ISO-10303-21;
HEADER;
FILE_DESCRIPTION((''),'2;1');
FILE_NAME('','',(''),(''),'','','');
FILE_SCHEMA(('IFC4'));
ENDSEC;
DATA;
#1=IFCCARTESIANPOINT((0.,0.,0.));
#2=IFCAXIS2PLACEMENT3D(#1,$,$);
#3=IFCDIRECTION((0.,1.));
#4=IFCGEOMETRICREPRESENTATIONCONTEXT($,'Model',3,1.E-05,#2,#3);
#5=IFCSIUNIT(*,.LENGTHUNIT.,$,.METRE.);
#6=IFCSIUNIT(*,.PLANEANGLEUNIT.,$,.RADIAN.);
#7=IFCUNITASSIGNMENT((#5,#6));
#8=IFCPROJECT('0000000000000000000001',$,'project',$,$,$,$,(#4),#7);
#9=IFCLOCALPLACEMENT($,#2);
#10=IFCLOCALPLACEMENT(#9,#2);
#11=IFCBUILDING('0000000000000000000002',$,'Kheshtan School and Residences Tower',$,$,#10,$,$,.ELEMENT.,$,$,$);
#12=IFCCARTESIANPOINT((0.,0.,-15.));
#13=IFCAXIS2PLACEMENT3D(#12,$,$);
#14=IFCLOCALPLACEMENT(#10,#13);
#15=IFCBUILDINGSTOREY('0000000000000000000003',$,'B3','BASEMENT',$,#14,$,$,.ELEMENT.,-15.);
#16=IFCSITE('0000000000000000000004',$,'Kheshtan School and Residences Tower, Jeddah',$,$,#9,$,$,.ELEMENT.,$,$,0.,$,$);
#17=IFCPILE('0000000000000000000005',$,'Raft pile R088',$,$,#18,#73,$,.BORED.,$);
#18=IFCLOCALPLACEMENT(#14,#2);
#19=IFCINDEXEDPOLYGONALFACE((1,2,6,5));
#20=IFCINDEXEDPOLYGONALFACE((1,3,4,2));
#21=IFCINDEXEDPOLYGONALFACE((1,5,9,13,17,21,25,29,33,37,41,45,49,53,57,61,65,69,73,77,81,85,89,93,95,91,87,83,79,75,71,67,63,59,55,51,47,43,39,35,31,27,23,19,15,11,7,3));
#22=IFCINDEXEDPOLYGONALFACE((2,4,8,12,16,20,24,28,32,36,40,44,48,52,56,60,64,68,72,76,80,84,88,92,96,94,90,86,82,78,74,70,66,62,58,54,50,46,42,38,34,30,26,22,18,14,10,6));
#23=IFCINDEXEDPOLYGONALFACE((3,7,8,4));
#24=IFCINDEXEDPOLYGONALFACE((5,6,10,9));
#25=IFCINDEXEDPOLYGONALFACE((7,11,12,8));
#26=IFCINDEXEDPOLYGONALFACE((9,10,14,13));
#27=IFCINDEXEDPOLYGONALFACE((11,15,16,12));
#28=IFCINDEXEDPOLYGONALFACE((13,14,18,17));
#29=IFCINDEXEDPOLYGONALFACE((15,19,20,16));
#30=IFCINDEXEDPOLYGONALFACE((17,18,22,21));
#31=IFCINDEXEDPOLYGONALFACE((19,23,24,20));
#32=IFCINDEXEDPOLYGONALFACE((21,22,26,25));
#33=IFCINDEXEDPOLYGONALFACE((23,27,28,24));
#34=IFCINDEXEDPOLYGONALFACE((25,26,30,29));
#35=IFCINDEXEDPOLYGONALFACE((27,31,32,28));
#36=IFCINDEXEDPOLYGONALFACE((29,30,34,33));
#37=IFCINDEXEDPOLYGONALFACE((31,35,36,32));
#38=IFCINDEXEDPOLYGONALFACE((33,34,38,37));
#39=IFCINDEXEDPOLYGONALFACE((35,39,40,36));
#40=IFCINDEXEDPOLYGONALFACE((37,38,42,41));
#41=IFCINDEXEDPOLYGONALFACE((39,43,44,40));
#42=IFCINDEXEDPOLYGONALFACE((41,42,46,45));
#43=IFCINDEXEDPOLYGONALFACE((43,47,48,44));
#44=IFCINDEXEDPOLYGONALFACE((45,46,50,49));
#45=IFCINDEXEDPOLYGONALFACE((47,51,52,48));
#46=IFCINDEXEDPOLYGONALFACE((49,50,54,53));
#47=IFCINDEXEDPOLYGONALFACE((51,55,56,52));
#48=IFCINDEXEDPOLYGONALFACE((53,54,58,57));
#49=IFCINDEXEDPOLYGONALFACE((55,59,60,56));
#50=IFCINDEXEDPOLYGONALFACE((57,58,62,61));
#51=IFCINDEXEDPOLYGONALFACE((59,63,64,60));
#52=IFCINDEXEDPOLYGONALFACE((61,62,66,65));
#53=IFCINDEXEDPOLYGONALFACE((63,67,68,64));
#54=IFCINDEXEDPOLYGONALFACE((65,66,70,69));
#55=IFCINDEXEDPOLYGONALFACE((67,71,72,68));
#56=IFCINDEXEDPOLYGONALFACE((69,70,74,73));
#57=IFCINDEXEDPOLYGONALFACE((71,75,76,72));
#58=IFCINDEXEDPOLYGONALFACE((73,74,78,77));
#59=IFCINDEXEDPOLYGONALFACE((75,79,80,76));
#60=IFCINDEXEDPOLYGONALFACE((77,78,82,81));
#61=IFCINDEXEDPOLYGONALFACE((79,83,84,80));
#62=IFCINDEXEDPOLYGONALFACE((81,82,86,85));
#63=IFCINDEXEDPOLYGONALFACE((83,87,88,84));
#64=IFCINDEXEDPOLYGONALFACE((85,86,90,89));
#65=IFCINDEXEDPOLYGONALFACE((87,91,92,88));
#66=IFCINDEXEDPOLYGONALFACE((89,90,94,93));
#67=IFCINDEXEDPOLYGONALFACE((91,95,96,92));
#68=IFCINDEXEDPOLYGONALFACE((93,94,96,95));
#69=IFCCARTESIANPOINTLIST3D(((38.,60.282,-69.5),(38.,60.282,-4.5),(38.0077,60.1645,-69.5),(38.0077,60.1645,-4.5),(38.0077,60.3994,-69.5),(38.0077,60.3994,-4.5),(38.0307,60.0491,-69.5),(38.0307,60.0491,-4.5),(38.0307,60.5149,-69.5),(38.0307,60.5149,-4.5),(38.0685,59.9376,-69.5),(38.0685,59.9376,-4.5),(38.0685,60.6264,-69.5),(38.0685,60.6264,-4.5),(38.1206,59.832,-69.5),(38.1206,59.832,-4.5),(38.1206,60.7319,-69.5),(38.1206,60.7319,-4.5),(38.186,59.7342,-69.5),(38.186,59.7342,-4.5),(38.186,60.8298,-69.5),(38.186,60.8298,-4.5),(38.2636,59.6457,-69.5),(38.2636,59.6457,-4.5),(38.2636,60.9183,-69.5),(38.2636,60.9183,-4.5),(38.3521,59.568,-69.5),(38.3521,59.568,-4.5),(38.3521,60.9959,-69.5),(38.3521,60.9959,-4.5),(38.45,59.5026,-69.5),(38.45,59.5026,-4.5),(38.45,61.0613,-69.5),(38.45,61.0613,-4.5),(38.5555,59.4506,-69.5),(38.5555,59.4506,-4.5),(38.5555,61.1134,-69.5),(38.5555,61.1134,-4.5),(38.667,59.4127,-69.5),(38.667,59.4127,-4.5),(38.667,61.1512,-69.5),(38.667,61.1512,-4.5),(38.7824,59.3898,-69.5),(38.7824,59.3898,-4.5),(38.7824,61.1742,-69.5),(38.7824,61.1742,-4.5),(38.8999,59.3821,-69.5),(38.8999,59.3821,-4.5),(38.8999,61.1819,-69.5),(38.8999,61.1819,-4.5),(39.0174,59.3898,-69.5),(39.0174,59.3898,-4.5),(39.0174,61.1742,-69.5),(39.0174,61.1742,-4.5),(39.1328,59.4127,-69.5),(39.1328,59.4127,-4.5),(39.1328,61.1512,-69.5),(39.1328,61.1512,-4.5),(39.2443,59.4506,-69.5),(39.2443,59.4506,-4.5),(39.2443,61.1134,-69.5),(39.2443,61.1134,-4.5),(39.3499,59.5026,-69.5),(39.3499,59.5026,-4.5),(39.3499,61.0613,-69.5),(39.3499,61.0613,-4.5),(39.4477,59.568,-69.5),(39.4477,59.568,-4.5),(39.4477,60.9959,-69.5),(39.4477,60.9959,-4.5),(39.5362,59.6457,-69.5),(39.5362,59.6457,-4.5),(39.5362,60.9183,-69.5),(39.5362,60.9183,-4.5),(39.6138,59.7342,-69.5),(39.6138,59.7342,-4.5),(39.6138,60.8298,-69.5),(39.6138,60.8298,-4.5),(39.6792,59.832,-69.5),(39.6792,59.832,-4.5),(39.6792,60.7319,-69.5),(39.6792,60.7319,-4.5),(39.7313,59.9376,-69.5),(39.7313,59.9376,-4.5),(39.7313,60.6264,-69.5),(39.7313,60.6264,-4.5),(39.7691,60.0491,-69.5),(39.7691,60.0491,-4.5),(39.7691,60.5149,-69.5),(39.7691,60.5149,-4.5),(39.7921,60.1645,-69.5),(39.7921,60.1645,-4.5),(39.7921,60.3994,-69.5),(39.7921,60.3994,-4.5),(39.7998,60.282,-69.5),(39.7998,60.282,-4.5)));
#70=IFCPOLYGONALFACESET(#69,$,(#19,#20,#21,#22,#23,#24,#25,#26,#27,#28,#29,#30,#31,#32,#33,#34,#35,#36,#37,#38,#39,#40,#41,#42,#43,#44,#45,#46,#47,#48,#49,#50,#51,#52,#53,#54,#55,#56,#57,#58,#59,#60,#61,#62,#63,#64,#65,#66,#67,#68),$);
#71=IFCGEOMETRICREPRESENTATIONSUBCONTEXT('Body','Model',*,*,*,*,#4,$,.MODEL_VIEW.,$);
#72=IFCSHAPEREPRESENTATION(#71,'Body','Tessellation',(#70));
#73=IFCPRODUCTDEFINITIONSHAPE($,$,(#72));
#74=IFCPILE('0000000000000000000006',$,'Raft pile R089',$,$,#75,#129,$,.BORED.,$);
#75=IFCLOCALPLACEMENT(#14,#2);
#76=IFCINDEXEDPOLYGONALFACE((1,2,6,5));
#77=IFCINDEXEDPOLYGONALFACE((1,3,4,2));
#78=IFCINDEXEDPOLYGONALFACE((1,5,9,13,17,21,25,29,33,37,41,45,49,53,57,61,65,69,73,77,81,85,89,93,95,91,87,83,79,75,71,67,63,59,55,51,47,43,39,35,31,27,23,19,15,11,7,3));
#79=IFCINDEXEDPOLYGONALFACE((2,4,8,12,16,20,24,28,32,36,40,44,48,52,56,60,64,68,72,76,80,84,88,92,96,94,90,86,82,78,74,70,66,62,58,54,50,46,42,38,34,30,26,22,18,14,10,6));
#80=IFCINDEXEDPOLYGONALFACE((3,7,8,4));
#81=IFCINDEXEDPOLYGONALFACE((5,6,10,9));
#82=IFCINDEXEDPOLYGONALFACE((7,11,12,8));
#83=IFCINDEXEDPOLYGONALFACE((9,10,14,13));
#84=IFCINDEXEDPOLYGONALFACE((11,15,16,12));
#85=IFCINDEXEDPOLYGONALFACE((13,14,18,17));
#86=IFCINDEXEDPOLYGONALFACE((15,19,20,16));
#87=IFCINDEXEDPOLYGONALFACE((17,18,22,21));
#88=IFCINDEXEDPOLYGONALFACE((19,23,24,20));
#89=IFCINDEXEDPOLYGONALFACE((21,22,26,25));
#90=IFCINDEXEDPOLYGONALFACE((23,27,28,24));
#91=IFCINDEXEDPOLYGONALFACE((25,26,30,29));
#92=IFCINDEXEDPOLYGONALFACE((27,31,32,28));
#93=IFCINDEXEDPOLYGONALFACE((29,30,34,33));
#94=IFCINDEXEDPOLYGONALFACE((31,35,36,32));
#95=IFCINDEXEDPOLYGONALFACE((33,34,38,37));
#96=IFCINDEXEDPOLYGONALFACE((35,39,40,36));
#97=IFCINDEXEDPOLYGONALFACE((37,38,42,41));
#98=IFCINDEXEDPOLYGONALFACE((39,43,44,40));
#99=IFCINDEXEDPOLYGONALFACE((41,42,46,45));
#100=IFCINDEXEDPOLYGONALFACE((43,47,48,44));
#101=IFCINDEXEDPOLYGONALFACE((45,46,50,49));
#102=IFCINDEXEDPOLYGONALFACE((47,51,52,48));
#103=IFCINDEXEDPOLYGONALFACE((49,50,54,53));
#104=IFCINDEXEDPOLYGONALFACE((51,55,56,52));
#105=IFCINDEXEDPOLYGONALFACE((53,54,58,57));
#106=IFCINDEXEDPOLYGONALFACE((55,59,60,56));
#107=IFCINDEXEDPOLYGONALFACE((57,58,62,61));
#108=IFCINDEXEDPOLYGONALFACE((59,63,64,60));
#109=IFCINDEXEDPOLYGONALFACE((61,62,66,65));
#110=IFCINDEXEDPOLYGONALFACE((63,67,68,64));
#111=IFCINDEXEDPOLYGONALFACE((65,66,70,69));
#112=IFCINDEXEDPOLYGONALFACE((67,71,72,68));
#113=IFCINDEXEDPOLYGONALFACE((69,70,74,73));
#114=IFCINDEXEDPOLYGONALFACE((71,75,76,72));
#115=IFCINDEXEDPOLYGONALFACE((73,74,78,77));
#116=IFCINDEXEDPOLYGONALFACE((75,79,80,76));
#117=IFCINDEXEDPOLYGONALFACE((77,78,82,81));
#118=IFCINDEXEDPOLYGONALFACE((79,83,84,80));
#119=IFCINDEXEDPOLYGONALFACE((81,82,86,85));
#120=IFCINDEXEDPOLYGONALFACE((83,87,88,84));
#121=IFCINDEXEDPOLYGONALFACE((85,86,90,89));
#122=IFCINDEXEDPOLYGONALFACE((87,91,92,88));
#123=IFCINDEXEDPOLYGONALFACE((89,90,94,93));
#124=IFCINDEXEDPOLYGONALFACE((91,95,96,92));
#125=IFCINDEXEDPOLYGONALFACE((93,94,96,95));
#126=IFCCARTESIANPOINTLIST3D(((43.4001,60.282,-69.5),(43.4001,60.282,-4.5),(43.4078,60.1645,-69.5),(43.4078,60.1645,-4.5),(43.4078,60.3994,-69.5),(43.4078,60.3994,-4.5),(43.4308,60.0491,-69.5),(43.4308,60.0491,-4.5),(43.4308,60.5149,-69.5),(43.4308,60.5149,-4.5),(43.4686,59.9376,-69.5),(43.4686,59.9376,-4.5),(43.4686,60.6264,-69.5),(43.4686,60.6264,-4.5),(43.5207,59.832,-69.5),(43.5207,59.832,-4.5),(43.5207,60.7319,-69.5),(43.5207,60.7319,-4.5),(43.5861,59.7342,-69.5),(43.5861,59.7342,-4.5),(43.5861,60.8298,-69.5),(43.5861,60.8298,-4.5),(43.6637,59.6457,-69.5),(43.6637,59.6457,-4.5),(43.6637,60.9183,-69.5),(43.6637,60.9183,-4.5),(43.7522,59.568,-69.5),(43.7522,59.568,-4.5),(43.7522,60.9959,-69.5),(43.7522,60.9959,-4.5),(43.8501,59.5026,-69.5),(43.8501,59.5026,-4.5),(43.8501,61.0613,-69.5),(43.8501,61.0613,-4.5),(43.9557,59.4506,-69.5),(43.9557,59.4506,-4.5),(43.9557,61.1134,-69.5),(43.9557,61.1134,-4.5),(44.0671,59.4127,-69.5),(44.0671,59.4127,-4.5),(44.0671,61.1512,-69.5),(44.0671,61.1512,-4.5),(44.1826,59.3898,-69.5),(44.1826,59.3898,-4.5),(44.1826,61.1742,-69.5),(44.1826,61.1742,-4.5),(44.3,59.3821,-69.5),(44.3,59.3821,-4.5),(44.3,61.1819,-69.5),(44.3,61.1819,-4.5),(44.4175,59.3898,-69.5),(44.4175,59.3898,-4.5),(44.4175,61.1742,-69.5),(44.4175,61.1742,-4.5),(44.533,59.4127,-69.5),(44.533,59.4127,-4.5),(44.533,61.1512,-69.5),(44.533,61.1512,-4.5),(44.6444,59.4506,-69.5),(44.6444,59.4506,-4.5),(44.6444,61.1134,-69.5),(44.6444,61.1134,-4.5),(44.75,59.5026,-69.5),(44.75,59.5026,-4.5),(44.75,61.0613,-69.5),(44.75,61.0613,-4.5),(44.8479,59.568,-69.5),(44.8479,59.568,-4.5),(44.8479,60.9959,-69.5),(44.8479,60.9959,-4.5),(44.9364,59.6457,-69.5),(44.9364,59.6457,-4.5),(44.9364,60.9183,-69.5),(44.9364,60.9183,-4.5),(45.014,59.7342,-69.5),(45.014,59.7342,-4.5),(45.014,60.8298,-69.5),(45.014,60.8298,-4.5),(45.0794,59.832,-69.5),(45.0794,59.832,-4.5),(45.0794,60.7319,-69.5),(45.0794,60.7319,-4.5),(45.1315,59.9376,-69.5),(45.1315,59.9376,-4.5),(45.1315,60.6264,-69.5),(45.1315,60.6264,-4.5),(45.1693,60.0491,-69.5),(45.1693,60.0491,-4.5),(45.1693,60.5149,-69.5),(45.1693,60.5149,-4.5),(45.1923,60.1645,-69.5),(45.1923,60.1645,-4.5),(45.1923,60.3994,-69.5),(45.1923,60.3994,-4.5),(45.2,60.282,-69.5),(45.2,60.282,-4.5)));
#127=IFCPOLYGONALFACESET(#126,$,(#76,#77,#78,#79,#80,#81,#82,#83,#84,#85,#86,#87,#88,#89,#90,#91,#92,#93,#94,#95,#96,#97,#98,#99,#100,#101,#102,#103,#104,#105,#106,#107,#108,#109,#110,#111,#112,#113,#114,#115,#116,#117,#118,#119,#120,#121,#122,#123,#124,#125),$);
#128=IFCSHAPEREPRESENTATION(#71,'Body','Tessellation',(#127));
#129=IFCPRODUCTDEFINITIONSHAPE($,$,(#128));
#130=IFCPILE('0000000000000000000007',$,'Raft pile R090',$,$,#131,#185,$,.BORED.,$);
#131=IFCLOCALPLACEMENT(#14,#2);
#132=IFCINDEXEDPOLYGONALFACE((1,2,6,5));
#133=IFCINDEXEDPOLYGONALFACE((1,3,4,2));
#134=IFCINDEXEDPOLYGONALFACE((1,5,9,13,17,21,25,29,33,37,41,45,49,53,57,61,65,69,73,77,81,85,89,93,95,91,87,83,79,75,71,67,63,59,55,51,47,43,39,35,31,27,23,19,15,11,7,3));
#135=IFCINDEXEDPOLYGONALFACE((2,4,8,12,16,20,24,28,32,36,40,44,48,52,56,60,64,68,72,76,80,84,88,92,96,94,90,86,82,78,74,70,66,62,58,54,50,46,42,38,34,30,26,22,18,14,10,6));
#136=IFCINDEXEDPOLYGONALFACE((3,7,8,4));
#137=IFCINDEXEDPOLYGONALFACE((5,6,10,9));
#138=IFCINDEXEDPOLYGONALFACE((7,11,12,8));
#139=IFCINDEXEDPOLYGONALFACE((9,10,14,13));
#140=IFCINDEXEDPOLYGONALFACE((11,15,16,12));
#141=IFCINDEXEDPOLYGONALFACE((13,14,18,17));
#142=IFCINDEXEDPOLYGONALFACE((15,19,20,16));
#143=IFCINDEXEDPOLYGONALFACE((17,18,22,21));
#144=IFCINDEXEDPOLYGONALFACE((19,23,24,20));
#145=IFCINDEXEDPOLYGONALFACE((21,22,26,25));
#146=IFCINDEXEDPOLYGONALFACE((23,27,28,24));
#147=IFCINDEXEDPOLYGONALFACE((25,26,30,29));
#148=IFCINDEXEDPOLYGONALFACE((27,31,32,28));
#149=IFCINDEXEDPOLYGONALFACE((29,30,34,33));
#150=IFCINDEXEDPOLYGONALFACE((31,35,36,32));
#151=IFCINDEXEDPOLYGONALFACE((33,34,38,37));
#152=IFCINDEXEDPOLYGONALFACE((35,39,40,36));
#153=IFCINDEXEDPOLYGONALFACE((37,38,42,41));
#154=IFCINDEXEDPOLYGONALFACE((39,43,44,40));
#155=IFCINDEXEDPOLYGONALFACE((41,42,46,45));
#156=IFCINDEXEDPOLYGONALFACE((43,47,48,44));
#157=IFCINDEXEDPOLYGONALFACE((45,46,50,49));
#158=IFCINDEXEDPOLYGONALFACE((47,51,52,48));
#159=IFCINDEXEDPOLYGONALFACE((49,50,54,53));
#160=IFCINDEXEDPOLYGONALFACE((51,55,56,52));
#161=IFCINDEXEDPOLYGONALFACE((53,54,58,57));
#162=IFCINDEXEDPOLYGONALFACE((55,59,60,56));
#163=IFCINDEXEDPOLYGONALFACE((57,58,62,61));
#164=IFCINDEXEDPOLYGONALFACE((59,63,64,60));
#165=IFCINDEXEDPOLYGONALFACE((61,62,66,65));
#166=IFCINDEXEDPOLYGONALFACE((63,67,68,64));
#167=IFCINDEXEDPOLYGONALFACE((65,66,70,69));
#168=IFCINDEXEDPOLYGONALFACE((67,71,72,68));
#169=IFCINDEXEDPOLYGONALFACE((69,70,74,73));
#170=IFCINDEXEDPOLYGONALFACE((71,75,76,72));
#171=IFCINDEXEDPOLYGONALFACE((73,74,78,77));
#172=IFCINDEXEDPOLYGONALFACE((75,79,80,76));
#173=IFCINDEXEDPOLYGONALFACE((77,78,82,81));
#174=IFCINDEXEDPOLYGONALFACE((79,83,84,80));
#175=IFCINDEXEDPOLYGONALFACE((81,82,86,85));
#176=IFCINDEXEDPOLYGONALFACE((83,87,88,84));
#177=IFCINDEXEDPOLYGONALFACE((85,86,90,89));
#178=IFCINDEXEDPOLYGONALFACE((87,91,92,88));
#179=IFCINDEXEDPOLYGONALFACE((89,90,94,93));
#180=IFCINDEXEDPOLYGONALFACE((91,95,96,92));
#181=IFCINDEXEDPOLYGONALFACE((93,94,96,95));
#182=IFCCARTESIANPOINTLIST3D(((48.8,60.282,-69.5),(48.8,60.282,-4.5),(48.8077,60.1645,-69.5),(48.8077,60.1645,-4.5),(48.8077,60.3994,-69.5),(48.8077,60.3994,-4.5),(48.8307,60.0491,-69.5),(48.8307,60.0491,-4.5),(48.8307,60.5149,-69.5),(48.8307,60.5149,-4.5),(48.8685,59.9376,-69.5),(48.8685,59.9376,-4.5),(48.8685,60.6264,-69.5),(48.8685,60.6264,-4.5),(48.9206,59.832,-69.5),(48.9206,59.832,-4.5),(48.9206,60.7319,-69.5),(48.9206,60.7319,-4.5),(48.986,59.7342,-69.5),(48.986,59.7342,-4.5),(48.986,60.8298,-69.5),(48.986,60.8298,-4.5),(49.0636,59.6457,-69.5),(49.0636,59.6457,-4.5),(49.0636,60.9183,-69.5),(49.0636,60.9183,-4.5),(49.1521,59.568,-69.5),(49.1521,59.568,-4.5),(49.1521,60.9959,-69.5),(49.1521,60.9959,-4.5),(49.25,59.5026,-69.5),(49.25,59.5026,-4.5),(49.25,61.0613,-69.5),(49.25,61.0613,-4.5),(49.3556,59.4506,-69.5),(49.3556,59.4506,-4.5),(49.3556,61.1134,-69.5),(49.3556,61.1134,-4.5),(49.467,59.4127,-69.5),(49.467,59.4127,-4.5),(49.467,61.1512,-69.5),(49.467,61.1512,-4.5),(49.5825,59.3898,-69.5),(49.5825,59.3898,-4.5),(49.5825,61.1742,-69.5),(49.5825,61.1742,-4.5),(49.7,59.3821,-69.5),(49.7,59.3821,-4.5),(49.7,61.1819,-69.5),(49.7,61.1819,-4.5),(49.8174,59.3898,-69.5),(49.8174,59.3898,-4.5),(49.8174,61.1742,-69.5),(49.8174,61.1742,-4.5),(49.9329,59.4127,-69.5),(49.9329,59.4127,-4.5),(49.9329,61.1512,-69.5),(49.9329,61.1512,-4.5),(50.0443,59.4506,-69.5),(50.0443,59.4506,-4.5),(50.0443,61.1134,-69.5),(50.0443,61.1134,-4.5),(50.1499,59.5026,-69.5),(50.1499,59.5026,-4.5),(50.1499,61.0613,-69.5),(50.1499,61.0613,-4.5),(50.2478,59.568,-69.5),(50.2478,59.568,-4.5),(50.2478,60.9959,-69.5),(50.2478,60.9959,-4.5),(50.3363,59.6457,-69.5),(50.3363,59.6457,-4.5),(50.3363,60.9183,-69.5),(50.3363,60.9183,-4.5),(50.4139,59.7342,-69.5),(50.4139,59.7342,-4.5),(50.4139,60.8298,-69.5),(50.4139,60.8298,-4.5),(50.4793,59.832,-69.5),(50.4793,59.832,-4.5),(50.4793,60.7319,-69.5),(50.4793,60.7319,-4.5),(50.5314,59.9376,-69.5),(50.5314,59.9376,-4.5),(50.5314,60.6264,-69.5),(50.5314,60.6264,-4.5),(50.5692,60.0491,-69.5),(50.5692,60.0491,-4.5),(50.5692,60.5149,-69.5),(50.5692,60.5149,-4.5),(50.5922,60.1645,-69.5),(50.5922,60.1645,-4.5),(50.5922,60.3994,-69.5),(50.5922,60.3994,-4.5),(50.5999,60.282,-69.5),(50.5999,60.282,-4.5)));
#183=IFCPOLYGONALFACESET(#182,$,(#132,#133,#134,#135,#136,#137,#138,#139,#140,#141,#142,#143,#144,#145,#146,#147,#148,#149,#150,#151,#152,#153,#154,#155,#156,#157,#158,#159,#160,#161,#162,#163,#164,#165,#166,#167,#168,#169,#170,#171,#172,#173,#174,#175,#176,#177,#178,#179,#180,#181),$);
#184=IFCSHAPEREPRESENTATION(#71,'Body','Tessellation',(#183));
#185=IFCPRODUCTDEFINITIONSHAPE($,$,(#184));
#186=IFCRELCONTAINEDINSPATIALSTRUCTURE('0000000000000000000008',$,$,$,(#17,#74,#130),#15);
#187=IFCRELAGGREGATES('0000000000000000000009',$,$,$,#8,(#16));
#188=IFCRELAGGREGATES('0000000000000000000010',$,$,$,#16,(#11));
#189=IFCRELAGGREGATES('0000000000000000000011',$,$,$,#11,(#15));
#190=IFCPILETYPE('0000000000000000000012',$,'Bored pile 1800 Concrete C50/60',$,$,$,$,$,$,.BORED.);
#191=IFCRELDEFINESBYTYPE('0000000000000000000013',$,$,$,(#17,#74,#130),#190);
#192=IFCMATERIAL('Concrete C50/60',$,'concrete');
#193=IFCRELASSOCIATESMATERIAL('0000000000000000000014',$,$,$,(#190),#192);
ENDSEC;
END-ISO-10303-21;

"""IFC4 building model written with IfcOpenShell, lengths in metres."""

from ifc_helpers import new_model, si_unit, direction, frame, origin, origin_2d, place, context, subcontext, project, spatial, circle, extrude, material, material_profile, profile_set, type_object, element, save


model = new_model("IFC4")

# Units and contexts
model_context = context("Model", 3, precision=1e-05, world=origin(), true_north=direction((0.0, 1.0)))
body_context = subcontext(model_context, "Body", "Model", "MODEL_VIEW")
ifc_project = project(units=[si_unit("LENGTHUNIT", "METRE"), si_unit("PLANEANGLEUNIT", "RADIAN")], contexts=[model_context])

# Site, building, storey
site_placement = place(None, origin())
site = spatial("IfcSite", under=ifc_project, at=site_placement, Name="Kheshtan School and Residences Tower, Jeddah", CompositionType="ELEMENT", RefElevation=0.0)
building_placement = place(site_placement, origin())
building = spatial("IfcBuilding", under=site, at=building_placement, Name="Kheshtan School and Residences Tower", CompositionType="ELEMENT")
storey_placement = place(building_placement, frame((0.0, 0.0, -15.0)))
storey = spatial("IfcBuildingStorey", under=building, at=storey_placement, Name="B3", Description="BASEMENT", CompositionType="ELEMENT", Elevation=-15.0)

# Piles
ifc_material_1 = material(Name="Concrete C50/60", Category="concrete")
ifc_material_profile_1 = material_profile(ifc_material_1, circle(Radius=0.8999, at=origin_2d()), Name="BP 1800")
ifc_profile_set_1 = profile_set([ifc_material_profile_1], Name="Concrete C50/60")
pile_type = type_object("IfcPileType", Name="Bored pile 1800 Concrete C50/60", PredefinedType="BORED", material=ifc_profile_set_1)
for number, where, z_axis, x_axis, name in (
    (1, (38.8999, 60.282, -4.5), (0.0, 0.0, -1.0), (1.0, 0.0, 0.0), "Raft pile R088"),
    (2, (44.3, 60.282, -4.5), (0.0, 0.0, -1.0), (1.0, 0.0, 0.0), "Raft pile R089"),
    (3, (49.7, 60.282, -4.5), (0.0, 0.0, -1.0), (1.0, 0.0, 0.0), "Raft pile R090"),
):
    element("IfcPile", number, at=place(storey_placement, frame(where, z_axis=z_axis, x_axis=x_axis)), inside=storey, type_object=pile_type, Name=name, PredefinedType="BORED", context=body_context, shape_type="SweptSolid", body=[
        extrude(circle(Radius=0.8999, at=origin_2d()), origin(), (0.0, 0.0, 1.0), 65.0),
    ])

save(model, "model.ifc")
